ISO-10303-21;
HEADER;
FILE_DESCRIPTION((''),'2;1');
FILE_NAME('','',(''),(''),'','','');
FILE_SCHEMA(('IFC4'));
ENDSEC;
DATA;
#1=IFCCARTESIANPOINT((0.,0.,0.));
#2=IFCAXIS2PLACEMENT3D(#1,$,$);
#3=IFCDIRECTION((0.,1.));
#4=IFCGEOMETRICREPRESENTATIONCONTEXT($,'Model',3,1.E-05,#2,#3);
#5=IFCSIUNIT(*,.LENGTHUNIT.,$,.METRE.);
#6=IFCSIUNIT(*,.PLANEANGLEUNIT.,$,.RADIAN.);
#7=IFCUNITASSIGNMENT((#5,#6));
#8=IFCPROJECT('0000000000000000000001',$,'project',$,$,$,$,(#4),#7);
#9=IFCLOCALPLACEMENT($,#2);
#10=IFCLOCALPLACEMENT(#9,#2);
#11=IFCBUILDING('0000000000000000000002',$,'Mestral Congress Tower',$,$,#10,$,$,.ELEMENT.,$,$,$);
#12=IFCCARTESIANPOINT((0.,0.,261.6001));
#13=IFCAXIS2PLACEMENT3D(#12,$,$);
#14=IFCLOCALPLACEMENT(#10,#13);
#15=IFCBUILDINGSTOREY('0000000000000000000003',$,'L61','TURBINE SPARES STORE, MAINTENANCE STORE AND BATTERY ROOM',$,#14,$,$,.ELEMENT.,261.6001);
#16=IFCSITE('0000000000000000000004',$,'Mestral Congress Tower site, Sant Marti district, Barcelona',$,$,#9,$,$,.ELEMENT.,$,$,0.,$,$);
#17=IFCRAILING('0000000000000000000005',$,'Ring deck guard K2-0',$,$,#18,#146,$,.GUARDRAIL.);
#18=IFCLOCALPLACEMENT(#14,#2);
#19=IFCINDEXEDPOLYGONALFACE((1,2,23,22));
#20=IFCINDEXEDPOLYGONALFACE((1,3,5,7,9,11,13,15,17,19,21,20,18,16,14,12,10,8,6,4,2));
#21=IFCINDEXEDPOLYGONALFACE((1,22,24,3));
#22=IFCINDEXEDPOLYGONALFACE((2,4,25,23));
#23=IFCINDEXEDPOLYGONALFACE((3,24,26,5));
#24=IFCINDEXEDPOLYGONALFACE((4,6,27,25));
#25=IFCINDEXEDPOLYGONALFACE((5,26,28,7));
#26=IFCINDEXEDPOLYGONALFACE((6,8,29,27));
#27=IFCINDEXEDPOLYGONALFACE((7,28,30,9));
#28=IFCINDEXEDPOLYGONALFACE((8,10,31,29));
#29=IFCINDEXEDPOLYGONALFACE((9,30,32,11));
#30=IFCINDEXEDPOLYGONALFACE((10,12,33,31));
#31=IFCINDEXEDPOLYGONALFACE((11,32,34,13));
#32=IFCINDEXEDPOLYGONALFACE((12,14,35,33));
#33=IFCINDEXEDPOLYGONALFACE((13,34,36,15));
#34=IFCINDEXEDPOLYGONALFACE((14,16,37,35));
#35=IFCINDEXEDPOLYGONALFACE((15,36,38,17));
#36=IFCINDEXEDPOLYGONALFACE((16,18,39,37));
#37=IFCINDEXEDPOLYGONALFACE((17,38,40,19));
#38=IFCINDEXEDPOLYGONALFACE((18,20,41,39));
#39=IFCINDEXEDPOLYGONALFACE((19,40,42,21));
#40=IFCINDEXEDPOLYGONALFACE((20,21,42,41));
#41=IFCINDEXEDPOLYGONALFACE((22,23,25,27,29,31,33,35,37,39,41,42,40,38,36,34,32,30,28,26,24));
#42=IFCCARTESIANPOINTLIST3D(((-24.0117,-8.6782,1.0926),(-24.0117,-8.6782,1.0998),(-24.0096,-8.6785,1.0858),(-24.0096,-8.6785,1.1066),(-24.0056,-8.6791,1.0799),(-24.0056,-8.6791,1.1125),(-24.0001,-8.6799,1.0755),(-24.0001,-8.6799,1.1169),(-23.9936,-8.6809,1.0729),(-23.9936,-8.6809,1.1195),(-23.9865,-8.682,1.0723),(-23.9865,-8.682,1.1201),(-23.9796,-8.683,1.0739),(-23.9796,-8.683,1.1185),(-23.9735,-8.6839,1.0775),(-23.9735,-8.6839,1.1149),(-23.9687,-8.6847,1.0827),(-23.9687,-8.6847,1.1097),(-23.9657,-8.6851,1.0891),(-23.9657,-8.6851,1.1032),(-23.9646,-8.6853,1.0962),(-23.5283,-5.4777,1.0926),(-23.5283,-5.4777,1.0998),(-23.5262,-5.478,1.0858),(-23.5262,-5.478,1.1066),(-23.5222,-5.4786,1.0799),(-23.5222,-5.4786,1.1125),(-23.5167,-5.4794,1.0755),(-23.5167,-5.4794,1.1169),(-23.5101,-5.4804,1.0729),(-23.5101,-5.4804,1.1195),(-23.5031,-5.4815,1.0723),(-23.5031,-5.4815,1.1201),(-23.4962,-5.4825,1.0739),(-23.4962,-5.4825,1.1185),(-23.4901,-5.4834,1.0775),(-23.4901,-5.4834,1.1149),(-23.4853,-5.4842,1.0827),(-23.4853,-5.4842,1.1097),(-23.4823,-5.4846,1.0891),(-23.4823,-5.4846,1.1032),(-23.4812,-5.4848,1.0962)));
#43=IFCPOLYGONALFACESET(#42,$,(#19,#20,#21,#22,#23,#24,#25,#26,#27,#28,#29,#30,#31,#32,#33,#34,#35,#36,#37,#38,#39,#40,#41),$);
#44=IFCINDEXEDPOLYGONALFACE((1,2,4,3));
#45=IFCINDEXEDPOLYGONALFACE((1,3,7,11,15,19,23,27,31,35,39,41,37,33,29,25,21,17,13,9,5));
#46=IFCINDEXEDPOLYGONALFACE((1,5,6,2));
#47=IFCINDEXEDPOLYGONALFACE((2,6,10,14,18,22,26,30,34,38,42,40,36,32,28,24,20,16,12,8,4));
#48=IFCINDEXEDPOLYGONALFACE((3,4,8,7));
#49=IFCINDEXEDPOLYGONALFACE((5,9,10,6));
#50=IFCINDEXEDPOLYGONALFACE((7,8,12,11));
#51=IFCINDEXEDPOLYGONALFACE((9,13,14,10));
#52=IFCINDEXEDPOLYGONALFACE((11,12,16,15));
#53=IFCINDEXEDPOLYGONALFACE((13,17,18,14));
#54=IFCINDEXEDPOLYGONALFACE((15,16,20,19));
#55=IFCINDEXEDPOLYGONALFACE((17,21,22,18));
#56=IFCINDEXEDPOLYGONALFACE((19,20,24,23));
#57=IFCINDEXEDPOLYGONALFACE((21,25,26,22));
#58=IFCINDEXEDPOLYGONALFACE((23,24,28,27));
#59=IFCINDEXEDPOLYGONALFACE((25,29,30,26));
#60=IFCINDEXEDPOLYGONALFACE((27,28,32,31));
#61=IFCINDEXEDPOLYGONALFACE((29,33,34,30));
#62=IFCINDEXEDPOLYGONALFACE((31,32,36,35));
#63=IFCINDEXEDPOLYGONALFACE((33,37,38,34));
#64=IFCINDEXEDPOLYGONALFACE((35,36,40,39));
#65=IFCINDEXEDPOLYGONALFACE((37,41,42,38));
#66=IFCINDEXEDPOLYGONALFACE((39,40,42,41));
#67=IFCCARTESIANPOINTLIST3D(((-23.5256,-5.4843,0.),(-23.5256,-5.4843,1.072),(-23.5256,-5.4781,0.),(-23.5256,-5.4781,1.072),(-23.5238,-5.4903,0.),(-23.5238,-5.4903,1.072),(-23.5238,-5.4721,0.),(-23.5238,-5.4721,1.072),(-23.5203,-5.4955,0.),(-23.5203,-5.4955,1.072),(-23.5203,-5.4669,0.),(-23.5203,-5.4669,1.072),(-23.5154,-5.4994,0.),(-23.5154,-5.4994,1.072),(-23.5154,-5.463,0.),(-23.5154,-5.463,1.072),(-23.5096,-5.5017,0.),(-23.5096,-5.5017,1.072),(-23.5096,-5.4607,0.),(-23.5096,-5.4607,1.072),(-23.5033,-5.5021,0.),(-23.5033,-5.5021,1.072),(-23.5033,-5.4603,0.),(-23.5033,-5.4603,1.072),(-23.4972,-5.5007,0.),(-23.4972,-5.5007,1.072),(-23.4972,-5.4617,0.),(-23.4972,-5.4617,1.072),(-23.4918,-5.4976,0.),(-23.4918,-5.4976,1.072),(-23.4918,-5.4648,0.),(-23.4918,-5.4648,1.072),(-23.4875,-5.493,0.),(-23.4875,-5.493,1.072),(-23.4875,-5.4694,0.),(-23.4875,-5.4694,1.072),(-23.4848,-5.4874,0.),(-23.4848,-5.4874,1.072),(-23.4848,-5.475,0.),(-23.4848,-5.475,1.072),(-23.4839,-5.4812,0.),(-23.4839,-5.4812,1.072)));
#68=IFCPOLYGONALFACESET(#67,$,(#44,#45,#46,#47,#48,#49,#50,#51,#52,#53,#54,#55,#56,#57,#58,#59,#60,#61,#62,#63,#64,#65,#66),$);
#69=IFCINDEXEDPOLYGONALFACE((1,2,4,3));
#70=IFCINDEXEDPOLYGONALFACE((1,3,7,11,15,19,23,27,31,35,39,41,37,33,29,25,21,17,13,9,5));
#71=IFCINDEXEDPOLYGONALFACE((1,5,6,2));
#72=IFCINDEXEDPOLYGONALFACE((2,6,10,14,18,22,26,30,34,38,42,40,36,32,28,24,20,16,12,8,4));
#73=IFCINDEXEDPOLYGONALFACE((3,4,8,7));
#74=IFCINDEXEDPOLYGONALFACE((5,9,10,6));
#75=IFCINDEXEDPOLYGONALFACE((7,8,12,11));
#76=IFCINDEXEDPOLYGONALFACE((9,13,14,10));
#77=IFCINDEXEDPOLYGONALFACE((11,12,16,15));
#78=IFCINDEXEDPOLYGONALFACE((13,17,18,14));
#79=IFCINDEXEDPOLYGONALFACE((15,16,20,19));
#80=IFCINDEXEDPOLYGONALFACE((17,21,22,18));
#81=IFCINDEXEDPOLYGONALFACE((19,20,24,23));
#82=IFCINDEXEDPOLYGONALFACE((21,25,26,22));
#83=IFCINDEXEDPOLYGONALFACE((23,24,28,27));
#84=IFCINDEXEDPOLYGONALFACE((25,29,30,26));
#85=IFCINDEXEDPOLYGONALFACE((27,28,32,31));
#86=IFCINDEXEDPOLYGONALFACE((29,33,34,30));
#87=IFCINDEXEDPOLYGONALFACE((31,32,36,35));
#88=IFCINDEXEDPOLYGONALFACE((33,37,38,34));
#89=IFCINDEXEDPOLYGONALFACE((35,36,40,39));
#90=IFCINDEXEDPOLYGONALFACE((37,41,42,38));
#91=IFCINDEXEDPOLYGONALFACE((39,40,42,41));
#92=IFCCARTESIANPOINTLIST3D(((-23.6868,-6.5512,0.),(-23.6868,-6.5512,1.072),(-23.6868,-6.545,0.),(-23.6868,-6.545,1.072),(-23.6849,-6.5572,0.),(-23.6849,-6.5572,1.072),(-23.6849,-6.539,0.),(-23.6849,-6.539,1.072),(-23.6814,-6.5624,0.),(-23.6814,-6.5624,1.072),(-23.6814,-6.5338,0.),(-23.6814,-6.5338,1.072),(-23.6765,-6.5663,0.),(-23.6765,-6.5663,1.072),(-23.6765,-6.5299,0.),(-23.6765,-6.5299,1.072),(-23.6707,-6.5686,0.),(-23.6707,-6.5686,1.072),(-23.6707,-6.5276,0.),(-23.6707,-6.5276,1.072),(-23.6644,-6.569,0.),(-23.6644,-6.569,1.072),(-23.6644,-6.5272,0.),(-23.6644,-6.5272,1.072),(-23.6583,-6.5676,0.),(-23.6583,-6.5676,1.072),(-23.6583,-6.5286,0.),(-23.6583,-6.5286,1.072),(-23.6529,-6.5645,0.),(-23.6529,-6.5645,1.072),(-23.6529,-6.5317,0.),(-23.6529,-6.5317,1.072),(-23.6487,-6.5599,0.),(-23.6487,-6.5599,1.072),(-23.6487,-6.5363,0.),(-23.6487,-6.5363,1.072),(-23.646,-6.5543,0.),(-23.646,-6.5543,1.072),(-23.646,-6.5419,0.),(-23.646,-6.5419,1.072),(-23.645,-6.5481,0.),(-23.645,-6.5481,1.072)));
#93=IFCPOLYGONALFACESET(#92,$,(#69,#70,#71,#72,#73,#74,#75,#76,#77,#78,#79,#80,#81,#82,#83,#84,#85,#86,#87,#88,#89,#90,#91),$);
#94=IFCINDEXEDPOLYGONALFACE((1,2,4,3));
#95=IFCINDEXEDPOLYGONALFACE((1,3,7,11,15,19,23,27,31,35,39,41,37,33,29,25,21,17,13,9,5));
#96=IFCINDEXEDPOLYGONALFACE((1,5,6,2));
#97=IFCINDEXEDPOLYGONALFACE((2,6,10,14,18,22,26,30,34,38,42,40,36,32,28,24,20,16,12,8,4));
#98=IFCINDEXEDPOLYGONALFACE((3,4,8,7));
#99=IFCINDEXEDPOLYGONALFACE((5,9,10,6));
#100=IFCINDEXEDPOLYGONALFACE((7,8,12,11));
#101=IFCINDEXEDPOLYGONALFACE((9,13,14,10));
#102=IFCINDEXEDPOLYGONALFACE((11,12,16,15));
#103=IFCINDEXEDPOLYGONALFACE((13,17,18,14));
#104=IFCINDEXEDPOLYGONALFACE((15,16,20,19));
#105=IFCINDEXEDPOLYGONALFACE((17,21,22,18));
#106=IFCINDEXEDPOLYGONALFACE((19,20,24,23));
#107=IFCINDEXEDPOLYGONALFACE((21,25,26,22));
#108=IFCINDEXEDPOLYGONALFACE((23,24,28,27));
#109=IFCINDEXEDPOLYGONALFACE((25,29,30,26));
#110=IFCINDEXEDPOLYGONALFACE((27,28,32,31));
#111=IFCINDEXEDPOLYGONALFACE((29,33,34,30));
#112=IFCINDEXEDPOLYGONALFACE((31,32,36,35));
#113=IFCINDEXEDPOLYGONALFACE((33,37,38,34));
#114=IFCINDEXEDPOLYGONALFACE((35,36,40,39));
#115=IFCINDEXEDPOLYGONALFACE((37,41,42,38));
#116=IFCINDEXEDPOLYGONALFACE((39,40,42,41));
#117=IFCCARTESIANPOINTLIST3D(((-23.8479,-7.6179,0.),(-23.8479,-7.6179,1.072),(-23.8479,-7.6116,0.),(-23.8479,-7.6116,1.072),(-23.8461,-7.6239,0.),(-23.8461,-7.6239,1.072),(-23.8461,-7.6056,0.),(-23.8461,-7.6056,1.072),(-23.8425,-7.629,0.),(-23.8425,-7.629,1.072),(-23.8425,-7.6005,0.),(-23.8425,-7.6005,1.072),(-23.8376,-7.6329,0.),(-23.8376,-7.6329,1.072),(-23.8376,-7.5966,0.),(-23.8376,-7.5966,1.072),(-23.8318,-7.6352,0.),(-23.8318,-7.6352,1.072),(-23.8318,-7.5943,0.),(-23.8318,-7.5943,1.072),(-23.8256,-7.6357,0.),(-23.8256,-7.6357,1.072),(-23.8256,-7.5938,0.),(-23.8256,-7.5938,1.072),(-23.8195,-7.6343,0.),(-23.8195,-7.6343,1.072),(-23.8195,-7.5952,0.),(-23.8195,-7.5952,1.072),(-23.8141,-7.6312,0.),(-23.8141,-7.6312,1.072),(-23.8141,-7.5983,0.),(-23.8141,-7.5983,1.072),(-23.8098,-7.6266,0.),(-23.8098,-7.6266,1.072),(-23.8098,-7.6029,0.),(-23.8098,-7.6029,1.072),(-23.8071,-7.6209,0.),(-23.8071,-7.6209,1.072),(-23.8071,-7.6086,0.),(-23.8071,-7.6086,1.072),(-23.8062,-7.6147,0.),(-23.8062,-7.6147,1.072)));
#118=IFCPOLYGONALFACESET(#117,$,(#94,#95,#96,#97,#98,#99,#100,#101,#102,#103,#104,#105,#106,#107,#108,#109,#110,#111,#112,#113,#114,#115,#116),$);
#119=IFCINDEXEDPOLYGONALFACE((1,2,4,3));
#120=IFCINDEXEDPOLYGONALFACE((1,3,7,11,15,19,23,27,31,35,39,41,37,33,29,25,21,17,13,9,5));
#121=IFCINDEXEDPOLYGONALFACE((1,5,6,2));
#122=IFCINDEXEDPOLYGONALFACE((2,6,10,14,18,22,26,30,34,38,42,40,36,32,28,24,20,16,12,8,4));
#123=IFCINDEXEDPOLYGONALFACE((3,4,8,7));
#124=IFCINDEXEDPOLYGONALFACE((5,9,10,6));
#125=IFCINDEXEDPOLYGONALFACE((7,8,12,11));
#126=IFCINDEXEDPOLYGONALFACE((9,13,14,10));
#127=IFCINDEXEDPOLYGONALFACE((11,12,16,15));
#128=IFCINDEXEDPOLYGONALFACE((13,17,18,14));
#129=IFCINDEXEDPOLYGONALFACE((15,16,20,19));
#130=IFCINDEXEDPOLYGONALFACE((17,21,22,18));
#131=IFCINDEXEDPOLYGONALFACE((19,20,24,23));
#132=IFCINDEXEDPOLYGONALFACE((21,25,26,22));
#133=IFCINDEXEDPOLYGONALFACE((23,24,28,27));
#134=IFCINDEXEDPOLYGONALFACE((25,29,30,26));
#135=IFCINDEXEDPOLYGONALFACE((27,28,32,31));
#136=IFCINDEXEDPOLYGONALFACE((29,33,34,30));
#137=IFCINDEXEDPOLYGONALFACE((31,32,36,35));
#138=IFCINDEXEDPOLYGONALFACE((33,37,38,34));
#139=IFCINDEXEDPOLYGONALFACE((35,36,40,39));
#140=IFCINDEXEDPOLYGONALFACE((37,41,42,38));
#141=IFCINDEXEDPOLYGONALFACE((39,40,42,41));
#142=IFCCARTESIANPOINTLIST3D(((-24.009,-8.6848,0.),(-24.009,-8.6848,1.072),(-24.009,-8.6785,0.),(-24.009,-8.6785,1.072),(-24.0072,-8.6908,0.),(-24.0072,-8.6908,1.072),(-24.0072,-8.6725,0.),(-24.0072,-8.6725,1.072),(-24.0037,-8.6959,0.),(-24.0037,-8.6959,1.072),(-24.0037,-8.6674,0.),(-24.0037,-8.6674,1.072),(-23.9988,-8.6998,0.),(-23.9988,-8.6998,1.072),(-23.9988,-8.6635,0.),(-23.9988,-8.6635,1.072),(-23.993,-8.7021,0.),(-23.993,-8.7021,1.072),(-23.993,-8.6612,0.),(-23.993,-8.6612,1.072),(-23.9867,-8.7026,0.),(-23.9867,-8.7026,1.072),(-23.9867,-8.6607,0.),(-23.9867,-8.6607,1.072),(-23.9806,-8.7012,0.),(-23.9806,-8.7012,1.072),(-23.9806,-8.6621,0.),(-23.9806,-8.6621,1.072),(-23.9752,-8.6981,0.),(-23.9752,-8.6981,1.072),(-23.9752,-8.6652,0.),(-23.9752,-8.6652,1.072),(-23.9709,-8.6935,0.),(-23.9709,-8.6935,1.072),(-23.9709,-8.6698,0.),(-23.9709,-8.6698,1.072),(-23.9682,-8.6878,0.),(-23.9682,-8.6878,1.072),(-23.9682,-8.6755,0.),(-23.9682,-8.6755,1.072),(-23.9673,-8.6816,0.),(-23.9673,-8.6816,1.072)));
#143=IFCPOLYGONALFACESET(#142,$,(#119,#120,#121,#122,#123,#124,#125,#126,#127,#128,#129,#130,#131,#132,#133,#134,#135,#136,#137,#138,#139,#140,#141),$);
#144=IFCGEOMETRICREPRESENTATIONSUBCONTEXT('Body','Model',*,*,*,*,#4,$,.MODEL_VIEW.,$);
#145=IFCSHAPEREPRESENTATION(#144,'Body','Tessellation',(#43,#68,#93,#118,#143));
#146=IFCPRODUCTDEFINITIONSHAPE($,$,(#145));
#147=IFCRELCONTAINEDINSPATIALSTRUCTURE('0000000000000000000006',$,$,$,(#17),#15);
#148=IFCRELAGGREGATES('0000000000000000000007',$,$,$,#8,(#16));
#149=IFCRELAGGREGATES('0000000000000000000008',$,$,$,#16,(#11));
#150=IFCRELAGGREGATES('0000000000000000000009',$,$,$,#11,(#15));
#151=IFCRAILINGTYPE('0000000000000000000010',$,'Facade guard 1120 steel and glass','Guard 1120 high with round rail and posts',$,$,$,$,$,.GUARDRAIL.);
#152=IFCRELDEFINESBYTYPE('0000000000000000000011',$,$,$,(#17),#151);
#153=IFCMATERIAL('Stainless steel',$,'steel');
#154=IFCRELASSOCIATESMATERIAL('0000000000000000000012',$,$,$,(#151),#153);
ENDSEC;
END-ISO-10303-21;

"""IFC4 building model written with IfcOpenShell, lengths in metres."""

from ifc_helpers import new_model, si_unit, direction, frame, origin, origin_2d, place, context, subcontext, project, spatial, circle, extrude, material, type_object, element, save


model = new_model("IFC4")

# Units and contexts
model_context = context("Model", 3, precision=1e-05, world=origin(), true_north=direction((0.0, 1.0)))
body_context = subcontext(model_context, "Body", "Model", "MODEL_VIEW")
ifc_project = project(units=[si_unit("LENGTHUNIT", "METRE"), si_unit("PLANEANGLEUNIT", "RADIAN")], contexts=[model_context])

# Site, building, storey
site_placement = place(None, origin())
site = spatial("IfcSite", under=ifc_project, at=site_placement, Name="Mestral Congress Tower site, Sant Marti district, Barcelona", CompositionType="ELEMENT", RefElevation=0.0)
building_placement = place(site_placement, origin())
building = spatial("IfcBuilding", under=site, at=building_placement, Name="Mestral Congress Tower", CompositionType="ELEMENT")
storey_placement = place(building_placement, frame((0.0, 0.0, 261.6001)))
storey = spatial("IfcBuildingStorey", under=building, at=storey_placement, Name="L61", Description="TURBINE SPARES STORE, MAINTENANCE STORE AND BATTERY ROOM", CompositionType="ELEMENT", Elevation=261.6001)

# Railing
ifc_material_1 = material(Name="Stainless steel", Category="steel")
railing_type = type_object("IfcRailingType", Name="Facade guard 1120 steel and glass", Description="Guard 1120 high with round rail and posts", PredefinedType="GUARDRAIL", material=ifc_material_1)
railing_1_placement = place(storey_placement, frame((-23.5049, -5.4812, 0.0)))
element("IfcRailing", 1, at=railing_1_placement, inside=storey, type_object=railing_type, Name="Ring deck guard K2-0", PredefinedType="GUARDRAIL", context=body_context, shape_type="SweptSolid", body=[
    extrude(circle(Radius=0.0239, at=origin_2d()), frame((0.0, 0.0, 1.0962), z_axis=(-0.149347, -0.988785, 0.0), x_axis=(0.988785, -0.149347, 0.0)), (0.0, 0.0, 1.0), 3.2368),
    extrude(circle(Radius=0.021, at=origin_2d()), origin(), (0.0, 0.0, 1.0), 1.072),
    extrude(circle(Radius=0.021, at=origin_2d()), frame((-0.1611, -1.0669, 0.0)), (0.0, 0.0, 1.0), 1.072),
    extrude(circle(Radius=0.021, at=origin_2d()), frame((-0.3223, -2.1335, 0.0)), (0.0, 0.0, 1.0), 1.072),
    extrude(circle(Radius=0.021, at=origin_2d()), frame((-0.4834, -3.2004, 0.0)), (0.0, 0.0, 1.0), 1.072),
])

save(model, "model.ifc")
